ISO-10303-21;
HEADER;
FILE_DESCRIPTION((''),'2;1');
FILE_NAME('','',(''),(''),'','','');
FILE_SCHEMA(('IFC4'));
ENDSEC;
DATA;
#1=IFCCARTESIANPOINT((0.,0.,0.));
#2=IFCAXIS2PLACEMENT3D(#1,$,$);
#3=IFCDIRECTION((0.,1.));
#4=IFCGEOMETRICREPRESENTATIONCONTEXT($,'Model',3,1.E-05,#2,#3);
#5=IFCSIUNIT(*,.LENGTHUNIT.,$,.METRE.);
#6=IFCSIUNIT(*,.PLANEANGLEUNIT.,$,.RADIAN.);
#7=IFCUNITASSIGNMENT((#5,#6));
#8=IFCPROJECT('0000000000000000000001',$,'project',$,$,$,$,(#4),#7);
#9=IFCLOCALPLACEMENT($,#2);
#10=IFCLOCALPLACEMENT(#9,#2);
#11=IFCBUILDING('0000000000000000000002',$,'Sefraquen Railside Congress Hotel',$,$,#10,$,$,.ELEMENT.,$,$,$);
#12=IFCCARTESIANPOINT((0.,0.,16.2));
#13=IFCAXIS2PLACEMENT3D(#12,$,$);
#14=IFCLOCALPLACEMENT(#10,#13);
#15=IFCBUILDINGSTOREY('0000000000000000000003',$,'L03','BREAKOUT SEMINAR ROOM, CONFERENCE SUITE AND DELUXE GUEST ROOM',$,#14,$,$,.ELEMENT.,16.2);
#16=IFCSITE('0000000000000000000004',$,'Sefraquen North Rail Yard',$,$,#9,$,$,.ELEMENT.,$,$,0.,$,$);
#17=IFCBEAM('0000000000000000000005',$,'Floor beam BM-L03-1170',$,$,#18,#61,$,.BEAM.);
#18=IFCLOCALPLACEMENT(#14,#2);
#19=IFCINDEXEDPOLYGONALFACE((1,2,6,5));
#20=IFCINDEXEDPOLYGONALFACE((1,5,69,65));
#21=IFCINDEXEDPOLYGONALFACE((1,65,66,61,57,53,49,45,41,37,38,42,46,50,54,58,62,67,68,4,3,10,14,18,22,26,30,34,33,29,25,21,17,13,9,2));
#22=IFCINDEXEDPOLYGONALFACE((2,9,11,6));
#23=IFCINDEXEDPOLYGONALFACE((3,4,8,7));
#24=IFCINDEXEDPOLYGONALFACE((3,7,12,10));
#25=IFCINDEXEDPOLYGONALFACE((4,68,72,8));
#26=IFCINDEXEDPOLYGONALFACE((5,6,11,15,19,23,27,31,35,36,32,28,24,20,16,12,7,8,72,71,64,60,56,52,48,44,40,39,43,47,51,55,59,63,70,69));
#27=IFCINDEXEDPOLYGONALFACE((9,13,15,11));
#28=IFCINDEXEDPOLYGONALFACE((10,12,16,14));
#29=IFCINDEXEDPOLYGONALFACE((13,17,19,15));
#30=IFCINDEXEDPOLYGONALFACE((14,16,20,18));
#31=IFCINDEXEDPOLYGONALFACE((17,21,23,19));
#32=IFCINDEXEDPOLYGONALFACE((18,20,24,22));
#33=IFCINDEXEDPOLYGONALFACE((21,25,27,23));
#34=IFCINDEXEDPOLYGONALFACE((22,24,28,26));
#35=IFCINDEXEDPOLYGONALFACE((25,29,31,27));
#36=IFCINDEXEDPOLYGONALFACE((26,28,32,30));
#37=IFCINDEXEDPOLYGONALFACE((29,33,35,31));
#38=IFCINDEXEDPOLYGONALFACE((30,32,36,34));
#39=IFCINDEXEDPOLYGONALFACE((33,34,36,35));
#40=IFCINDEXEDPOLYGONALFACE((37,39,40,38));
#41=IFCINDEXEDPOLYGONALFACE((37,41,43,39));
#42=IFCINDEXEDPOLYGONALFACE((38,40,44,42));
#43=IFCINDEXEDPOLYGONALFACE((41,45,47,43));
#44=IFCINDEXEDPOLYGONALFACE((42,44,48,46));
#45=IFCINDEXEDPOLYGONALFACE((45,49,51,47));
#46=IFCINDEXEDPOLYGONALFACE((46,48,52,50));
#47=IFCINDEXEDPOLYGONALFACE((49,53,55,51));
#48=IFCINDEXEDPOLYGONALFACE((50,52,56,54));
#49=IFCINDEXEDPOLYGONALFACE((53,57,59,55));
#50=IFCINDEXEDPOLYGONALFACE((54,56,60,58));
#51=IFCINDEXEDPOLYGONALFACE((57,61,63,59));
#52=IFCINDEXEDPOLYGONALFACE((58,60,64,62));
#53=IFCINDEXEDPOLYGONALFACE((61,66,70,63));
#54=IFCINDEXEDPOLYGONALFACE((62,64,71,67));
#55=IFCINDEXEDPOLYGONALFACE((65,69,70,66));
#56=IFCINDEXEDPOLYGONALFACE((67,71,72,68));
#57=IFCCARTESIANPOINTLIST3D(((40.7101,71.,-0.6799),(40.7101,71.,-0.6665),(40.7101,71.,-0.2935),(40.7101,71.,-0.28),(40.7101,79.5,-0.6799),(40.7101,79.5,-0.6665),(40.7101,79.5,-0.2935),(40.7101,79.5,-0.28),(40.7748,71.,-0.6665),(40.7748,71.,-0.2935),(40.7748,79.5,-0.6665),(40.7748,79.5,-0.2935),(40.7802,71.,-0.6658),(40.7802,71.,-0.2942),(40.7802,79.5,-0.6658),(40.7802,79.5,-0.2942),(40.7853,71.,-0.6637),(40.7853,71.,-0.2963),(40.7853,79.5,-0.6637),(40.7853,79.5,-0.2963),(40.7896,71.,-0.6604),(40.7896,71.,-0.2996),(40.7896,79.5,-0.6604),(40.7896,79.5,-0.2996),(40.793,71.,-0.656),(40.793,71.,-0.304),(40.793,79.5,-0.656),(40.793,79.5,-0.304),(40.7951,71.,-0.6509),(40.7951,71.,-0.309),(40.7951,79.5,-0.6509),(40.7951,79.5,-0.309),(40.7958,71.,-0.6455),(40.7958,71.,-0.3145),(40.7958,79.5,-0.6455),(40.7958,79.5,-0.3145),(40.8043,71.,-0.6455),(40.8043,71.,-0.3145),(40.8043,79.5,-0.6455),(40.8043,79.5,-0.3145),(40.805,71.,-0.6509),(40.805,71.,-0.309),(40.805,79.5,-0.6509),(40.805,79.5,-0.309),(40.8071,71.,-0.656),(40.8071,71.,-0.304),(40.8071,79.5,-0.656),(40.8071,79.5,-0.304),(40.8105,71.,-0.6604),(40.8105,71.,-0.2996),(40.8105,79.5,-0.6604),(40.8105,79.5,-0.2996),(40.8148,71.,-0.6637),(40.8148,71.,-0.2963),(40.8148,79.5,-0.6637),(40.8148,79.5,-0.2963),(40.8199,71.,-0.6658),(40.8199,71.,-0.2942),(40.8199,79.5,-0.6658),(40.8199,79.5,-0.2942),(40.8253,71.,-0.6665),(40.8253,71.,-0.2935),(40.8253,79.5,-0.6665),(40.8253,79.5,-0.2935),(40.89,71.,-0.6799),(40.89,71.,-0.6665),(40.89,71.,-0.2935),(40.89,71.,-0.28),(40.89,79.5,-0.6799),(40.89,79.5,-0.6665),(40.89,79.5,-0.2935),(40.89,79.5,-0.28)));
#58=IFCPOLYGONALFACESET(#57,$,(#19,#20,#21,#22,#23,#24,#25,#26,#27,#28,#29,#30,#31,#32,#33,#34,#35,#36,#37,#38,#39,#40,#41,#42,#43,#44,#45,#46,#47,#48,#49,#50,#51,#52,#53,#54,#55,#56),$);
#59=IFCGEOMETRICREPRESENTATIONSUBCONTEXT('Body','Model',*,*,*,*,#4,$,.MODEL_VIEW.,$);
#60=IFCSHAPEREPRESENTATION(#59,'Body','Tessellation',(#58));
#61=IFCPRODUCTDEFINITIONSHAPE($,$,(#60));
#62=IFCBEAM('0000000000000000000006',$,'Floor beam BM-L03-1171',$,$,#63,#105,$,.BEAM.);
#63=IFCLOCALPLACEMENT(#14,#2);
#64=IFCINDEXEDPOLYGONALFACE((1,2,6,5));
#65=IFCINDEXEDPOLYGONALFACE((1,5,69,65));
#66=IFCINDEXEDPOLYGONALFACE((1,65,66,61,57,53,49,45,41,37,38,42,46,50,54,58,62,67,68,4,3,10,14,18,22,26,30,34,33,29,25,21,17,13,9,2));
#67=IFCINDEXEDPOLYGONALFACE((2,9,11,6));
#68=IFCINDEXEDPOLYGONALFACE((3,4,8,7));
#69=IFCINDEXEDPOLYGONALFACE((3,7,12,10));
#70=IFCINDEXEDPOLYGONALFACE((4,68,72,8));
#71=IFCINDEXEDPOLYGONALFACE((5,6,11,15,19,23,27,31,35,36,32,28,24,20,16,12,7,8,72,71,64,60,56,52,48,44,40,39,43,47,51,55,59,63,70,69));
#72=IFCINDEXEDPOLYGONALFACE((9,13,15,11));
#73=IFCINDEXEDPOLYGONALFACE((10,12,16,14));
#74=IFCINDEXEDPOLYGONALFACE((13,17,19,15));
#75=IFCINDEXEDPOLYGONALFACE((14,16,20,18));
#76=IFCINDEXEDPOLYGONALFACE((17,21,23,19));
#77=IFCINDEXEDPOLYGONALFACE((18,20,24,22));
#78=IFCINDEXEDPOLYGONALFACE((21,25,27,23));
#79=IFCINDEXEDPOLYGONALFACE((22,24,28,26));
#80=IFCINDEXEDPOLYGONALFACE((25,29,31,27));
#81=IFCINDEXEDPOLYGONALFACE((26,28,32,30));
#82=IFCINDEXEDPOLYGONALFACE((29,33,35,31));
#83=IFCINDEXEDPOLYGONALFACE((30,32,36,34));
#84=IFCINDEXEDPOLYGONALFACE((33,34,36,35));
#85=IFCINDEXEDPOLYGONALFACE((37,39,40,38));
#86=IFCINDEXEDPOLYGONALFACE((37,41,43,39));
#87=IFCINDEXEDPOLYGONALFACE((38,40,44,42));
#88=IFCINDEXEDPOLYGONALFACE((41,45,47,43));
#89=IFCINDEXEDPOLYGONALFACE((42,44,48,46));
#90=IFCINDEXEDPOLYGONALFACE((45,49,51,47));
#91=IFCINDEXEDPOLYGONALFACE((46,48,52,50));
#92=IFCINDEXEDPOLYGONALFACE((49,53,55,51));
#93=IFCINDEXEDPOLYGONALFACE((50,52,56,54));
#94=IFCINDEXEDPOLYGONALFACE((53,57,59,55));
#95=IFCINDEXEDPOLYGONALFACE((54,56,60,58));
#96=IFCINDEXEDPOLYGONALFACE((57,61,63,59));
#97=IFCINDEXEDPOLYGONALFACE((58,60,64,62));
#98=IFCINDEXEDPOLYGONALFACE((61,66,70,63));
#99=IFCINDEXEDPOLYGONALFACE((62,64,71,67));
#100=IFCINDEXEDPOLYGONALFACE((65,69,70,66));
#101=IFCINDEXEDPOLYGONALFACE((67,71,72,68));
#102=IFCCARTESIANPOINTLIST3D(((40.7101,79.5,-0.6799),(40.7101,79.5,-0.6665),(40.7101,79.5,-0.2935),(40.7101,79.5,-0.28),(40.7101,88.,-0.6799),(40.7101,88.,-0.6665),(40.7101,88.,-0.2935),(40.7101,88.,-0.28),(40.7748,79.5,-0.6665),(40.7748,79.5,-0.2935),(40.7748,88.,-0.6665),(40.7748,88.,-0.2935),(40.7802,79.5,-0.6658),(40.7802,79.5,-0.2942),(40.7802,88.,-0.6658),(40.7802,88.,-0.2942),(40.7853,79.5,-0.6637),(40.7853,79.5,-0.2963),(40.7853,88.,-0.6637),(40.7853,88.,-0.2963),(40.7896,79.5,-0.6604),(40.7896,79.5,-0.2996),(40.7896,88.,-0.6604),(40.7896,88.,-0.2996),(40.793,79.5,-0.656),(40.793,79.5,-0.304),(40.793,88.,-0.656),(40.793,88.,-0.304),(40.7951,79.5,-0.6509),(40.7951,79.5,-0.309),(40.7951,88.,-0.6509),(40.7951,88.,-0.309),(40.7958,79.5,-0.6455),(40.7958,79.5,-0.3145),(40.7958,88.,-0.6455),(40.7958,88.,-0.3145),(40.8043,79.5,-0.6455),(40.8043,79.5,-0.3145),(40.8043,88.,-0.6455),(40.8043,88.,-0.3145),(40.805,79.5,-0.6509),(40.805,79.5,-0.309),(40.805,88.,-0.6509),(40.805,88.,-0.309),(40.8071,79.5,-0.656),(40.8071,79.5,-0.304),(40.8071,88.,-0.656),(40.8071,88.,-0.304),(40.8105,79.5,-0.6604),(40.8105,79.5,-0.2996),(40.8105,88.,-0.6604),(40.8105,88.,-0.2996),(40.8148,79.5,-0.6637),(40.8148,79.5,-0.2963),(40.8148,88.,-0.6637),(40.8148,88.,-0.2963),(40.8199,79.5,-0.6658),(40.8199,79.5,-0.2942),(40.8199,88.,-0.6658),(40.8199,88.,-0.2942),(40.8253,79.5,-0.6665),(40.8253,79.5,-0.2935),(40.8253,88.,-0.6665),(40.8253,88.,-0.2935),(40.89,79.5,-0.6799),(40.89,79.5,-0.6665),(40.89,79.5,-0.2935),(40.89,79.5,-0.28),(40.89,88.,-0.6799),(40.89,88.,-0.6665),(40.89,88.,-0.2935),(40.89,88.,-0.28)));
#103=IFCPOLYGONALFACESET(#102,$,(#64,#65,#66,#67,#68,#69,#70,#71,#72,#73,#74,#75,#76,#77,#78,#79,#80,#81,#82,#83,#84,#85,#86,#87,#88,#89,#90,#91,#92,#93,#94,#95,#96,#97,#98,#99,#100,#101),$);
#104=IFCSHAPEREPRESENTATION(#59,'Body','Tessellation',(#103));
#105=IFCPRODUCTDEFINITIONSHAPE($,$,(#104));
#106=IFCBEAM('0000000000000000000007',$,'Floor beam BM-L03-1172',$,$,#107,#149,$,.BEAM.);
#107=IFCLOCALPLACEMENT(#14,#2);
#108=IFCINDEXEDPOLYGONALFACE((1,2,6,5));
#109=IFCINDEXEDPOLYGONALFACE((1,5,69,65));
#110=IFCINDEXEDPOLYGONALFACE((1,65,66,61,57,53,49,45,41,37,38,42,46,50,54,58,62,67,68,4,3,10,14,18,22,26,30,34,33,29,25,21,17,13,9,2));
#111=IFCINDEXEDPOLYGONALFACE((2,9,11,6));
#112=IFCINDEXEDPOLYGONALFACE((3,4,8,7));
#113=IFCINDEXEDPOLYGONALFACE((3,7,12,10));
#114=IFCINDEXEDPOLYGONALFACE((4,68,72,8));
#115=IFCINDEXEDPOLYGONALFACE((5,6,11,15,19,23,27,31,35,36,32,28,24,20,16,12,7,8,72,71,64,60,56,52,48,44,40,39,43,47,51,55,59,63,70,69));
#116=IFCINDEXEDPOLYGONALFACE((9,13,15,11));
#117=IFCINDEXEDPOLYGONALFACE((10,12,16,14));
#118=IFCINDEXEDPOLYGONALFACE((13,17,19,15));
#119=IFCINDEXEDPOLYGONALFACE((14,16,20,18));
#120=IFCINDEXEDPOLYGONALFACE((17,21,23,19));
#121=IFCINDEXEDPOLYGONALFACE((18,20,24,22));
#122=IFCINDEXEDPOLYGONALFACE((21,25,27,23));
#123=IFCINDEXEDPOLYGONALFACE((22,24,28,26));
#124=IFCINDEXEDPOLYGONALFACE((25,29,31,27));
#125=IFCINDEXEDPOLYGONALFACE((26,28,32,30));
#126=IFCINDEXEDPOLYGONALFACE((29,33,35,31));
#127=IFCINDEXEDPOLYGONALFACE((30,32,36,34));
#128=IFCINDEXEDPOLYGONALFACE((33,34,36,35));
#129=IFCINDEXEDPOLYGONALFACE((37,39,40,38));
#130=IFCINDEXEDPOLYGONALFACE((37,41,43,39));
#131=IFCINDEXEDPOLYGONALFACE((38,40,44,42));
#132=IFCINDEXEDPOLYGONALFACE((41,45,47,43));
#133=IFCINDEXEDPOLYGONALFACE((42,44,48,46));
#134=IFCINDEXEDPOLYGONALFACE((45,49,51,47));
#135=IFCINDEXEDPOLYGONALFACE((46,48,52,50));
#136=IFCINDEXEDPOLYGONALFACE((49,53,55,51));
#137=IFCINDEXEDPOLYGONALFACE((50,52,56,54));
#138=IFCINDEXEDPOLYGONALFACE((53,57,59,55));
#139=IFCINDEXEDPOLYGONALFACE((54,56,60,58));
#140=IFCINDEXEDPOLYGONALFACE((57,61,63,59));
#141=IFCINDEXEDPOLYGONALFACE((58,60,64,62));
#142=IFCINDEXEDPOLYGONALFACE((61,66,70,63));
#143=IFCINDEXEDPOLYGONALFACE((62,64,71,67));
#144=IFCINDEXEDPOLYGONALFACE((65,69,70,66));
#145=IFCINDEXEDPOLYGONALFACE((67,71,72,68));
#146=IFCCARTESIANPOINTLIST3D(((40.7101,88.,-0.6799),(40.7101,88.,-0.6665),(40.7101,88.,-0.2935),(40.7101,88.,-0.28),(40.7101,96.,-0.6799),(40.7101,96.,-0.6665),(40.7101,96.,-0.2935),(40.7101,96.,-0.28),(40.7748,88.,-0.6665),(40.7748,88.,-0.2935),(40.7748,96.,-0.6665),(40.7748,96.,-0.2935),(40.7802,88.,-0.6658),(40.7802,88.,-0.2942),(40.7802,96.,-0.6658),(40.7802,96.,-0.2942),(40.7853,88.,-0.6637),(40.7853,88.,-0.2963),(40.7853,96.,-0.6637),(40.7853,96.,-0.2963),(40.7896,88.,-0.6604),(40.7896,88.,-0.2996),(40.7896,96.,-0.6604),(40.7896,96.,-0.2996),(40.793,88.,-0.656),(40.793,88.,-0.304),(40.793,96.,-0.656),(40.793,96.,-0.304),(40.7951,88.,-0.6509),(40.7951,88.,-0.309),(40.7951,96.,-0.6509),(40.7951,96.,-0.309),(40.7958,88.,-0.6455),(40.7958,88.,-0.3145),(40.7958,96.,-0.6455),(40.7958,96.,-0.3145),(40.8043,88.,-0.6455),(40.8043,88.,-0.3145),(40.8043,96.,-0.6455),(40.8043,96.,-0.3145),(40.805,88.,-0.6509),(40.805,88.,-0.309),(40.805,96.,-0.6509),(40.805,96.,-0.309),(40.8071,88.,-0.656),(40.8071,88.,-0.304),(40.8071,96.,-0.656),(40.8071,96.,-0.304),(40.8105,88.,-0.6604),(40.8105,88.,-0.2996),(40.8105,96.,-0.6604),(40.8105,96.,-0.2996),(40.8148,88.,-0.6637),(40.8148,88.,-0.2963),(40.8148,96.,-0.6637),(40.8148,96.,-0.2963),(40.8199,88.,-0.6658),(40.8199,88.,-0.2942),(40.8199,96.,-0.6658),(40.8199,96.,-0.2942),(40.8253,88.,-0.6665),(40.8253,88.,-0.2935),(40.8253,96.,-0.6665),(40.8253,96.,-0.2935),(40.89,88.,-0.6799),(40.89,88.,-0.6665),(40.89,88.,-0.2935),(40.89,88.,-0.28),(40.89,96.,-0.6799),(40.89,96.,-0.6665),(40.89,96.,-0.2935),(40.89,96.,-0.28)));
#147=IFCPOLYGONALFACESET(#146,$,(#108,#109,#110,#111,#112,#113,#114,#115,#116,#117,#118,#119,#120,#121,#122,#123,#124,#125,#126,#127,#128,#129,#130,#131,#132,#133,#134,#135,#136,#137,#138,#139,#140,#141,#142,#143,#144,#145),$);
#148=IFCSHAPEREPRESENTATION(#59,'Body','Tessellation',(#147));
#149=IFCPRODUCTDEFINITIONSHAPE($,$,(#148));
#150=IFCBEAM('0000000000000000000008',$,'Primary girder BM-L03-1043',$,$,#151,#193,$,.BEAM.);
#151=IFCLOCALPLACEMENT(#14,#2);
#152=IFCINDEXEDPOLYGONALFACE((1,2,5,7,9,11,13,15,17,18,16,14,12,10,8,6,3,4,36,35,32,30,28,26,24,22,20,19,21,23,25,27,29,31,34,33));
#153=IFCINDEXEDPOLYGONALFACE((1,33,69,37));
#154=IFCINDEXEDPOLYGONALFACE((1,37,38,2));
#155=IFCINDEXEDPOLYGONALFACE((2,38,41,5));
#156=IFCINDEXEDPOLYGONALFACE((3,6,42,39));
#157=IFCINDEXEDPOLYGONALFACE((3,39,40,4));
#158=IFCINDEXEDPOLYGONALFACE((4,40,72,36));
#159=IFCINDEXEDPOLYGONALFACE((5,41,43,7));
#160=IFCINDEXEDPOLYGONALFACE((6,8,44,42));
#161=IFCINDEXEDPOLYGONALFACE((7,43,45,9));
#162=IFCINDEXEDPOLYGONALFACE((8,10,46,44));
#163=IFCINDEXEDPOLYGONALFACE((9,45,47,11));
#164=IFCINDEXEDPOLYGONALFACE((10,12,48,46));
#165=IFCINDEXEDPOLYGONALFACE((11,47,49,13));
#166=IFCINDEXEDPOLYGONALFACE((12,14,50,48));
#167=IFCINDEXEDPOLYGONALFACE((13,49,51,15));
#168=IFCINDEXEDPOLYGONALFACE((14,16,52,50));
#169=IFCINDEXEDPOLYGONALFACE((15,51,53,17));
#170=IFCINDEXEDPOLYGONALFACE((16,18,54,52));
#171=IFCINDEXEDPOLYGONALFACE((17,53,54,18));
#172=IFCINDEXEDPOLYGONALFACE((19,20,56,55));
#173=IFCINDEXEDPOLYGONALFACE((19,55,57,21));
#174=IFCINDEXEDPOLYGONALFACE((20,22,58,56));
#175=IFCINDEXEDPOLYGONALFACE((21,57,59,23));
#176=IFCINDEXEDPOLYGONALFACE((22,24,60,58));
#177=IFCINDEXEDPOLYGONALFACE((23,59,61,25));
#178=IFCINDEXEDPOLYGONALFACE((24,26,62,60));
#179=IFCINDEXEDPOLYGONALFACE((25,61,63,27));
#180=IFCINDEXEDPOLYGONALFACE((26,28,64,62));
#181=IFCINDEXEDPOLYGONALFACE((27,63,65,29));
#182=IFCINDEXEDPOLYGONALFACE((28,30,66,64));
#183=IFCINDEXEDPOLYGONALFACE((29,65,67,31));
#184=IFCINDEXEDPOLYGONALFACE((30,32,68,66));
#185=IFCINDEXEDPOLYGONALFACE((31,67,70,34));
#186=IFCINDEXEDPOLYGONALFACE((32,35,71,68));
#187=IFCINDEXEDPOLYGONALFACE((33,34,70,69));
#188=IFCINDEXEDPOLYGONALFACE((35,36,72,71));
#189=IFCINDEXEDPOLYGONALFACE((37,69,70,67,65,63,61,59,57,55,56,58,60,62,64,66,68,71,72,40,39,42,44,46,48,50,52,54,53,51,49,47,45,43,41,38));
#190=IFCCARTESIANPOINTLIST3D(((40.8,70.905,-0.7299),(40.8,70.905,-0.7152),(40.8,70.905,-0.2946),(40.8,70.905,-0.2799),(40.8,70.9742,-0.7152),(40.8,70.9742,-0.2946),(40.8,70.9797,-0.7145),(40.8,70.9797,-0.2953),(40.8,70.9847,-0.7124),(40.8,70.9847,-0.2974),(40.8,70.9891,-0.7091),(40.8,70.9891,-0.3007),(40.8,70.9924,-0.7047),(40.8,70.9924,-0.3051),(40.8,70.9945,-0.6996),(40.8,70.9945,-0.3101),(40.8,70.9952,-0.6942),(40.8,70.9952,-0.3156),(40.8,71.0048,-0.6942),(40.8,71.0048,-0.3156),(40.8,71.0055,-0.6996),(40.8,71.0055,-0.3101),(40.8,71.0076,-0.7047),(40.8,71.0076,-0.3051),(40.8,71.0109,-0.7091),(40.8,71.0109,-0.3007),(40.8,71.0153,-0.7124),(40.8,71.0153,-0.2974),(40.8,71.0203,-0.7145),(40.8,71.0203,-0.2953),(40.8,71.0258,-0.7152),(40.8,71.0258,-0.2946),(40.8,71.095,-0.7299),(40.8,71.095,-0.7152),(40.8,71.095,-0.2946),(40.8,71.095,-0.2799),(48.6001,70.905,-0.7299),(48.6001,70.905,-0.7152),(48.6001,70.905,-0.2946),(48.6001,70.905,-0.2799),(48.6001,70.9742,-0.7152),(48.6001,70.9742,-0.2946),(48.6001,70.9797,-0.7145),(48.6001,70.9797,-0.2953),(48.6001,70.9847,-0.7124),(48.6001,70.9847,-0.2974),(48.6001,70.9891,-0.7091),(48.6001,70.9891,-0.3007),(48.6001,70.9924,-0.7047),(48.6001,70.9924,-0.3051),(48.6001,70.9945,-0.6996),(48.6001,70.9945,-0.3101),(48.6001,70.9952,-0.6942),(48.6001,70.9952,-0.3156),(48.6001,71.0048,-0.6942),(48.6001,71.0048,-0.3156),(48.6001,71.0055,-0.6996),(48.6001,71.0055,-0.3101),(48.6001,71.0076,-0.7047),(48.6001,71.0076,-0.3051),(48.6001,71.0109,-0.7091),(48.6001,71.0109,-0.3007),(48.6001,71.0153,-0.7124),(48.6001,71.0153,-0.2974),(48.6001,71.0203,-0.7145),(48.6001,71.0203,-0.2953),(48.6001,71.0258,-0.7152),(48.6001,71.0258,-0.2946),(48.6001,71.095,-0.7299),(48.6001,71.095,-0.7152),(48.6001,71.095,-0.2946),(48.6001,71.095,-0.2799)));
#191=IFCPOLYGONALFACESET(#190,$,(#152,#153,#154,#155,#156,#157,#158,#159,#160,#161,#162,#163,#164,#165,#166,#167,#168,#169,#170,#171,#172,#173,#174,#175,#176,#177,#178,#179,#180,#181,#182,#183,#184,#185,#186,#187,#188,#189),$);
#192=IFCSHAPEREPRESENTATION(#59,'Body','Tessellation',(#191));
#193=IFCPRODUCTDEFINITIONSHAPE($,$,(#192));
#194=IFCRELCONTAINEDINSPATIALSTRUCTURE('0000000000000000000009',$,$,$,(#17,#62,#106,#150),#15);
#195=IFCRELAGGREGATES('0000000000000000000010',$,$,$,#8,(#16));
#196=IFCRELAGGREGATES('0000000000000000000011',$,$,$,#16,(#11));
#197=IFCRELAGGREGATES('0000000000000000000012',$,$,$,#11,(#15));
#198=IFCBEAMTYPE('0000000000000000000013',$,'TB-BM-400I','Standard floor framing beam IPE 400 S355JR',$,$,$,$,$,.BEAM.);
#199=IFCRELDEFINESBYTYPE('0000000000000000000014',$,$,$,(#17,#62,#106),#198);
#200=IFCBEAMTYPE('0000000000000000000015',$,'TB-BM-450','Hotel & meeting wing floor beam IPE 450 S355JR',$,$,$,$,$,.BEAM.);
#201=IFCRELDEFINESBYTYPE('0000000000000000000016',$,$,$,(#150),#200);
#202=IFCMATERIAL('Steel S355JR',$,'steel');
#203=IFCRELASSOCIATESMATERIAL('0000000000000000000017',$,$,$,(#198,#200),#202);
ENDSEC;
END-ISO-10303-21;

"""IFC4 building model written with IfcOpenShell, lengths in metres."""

from ifc_helpers import new_model, si_unit, direction, frame, origin, origin_2d, place, context, subcontext, project, spatial, i_section, extrude, material, material_profile, profile_set, type_object, element, save


model = new_model("IFC4")

# Units and contexts
model_context = context("Model", 3, precision=1e-05, world=origin(), true_north=direction((0.0, 1.0)))
body_context = subcontext(model_context, "Body", "Model", "MODEL_VIEW")
ifc_project = project(units=[si_unit("LENGTHUNIT", "METRE"), si_unit("PLANEANGLEUNIT", "RADIAN")], contexts=[model_context])

# Site, building, storey
site_placement = place(None, origin())
site = spatial("IfcSite", under=ifc_project, at=site_placement, Name="Sefraquen North Rail Yard", CompositionType="ELEMENT", RefElevation=0.0)
building_placement = place(site_placement, origin())
building = spatial("IfcBuilding", under=site, at=building_placement, Name="Sefraquen Railside Congress Hotel", CompositionType="ELEMENT")
storey_placement = place(building_placement, frame((0.0, 0.0, 16.2)))
storey = spatial("IfcBuildingStorey", under=building, at=storey_placement, Name="L03", Description="BREAKOUT SEMINAR ROOM, CONFERENCE SUITE AND DELUXE GUEST ROOM", CompositionType="ELEMENT", Elevation=16.2)

# Shared definitions
ifc_material_1 = material(Name="Steel S355JR", Category="steel")

# Beams
ifc_material_profile_1 = material_profile(ifc_material_1, i_section(OverallWidth=0.1799, OverallDepth=0.3999, WebThickness=0.0085, FlangeThickness=0.0134, FilletRadius=0.021, at=origin_2d()), Name="IPE 400")
ifc_profile_set_1 = profile_set([ifc_material_profile_1], Name="Steel S355JR")
beam_type_1 = type_object("IfcBeamType", Name="TB-BM-400I", Description="Standard floor framing beam IPE 400 S355JR", PredefinedType="BEAM", material=ifc_profile_set_1)
for number, where, z_axis, x_axis, name in (
    (1, (40.8, 71.0, -0.48), (0.0, 1.0, 0.0), (-1.0, 0.0, 0.0), "Floor beam BM-L03-1170"),
    (2, (40.8, 79.5, -0.48), (0.0, 1.0, 0.0), (-1.0, 0.0, 0.0), "Floor beam BM-L03-1171"),
):
    element("IfcBeam", number, at=place(storey_placement, frame(where, z_axis=z_axis, x_axis=x_axis)), inside=storey, type_object=beam_type_1, Name=name, PredefinedType="BEAM", context=body_context, shape_type="SweptSolid", body=[
        extrude(i_section(OverallWidth=0.1799, OverallDepth=0.3999, WebThickness=0.0085, FlangeThickness=0.0134, FilletRadius=0.021, at=origin_2d()), origin(), (0.0, 0.0, 1.0), 8.5),
    ])
beam_1_placement = place(storey_placement, frame((40.8, 88.0, -0.48), z_axis=(0.0, 1.0, 0.0), x_axis=(-1.0, 0.0, 0.0)))
element("IfcBeam", 3, at=beam_1_placement, inside=storey, type_object=beam_type_1, Name="Floor beam BM-L03-1172", PredefinedType="BEAM", context=body_context, shape_type="SweptSolid", body=[
    extrude(i_section(OverallWidth=0.1799, OverallDepth=0.3999, WebThickness=0.0085, FlangeThickness=0.0134, FilletRadius=0.021, at=origin_2d()), origin(), (0.0, 0.0, 1.0), 8.0),
])
ifc_material_profile_2 = material_profile(ifc_material_1, i_section(OverallWidth=0.1899, OverallDepth=0.45, WebThickness=0.0095, FlangeThickness=0.0146, FilletRadius=0.021, at=origin_2d()), Name="IPE 450")
ifc_profile_set_2 = profile_set([ifc_material_profile_2], Name="Steel S355JR")
beam_type_2 = type_object("IfcBeamType", Name="TB-BM-450", Description="Hotel & meeting wing floor beam IPE 450 S355JR", PredefinedType="BEAM", material=ifc_profile_set_2)
for number, where, z_axis, x_axis, name in (
    (4, (40.8, 71.0, -0.5049), (1.0, 0.0, 0.0), (0.0, 1.0, 0.0), "Primary girder BM-L03-1043"),
):
    element("IfcBeam", number, at=place(storey_placement, frame(where, z_axis=z_axis, x_axis=x_axis)), inside=storey, type_object=beam_type_2, Name=name, PredefinedType="BEAM", context=body_context, shape_type="SweptSolid", body=[
        extrude(i_section(OverallWidth=0.1899, OverallDepth=0.45, WebThickness=0.0095, FlangeThickness=0.0146, FilletRadius=0.021, at=origin_2d()), origin(), (0.0, 0.0, 1.0), 7.8),
    ])

save(model, "model.ifc")
